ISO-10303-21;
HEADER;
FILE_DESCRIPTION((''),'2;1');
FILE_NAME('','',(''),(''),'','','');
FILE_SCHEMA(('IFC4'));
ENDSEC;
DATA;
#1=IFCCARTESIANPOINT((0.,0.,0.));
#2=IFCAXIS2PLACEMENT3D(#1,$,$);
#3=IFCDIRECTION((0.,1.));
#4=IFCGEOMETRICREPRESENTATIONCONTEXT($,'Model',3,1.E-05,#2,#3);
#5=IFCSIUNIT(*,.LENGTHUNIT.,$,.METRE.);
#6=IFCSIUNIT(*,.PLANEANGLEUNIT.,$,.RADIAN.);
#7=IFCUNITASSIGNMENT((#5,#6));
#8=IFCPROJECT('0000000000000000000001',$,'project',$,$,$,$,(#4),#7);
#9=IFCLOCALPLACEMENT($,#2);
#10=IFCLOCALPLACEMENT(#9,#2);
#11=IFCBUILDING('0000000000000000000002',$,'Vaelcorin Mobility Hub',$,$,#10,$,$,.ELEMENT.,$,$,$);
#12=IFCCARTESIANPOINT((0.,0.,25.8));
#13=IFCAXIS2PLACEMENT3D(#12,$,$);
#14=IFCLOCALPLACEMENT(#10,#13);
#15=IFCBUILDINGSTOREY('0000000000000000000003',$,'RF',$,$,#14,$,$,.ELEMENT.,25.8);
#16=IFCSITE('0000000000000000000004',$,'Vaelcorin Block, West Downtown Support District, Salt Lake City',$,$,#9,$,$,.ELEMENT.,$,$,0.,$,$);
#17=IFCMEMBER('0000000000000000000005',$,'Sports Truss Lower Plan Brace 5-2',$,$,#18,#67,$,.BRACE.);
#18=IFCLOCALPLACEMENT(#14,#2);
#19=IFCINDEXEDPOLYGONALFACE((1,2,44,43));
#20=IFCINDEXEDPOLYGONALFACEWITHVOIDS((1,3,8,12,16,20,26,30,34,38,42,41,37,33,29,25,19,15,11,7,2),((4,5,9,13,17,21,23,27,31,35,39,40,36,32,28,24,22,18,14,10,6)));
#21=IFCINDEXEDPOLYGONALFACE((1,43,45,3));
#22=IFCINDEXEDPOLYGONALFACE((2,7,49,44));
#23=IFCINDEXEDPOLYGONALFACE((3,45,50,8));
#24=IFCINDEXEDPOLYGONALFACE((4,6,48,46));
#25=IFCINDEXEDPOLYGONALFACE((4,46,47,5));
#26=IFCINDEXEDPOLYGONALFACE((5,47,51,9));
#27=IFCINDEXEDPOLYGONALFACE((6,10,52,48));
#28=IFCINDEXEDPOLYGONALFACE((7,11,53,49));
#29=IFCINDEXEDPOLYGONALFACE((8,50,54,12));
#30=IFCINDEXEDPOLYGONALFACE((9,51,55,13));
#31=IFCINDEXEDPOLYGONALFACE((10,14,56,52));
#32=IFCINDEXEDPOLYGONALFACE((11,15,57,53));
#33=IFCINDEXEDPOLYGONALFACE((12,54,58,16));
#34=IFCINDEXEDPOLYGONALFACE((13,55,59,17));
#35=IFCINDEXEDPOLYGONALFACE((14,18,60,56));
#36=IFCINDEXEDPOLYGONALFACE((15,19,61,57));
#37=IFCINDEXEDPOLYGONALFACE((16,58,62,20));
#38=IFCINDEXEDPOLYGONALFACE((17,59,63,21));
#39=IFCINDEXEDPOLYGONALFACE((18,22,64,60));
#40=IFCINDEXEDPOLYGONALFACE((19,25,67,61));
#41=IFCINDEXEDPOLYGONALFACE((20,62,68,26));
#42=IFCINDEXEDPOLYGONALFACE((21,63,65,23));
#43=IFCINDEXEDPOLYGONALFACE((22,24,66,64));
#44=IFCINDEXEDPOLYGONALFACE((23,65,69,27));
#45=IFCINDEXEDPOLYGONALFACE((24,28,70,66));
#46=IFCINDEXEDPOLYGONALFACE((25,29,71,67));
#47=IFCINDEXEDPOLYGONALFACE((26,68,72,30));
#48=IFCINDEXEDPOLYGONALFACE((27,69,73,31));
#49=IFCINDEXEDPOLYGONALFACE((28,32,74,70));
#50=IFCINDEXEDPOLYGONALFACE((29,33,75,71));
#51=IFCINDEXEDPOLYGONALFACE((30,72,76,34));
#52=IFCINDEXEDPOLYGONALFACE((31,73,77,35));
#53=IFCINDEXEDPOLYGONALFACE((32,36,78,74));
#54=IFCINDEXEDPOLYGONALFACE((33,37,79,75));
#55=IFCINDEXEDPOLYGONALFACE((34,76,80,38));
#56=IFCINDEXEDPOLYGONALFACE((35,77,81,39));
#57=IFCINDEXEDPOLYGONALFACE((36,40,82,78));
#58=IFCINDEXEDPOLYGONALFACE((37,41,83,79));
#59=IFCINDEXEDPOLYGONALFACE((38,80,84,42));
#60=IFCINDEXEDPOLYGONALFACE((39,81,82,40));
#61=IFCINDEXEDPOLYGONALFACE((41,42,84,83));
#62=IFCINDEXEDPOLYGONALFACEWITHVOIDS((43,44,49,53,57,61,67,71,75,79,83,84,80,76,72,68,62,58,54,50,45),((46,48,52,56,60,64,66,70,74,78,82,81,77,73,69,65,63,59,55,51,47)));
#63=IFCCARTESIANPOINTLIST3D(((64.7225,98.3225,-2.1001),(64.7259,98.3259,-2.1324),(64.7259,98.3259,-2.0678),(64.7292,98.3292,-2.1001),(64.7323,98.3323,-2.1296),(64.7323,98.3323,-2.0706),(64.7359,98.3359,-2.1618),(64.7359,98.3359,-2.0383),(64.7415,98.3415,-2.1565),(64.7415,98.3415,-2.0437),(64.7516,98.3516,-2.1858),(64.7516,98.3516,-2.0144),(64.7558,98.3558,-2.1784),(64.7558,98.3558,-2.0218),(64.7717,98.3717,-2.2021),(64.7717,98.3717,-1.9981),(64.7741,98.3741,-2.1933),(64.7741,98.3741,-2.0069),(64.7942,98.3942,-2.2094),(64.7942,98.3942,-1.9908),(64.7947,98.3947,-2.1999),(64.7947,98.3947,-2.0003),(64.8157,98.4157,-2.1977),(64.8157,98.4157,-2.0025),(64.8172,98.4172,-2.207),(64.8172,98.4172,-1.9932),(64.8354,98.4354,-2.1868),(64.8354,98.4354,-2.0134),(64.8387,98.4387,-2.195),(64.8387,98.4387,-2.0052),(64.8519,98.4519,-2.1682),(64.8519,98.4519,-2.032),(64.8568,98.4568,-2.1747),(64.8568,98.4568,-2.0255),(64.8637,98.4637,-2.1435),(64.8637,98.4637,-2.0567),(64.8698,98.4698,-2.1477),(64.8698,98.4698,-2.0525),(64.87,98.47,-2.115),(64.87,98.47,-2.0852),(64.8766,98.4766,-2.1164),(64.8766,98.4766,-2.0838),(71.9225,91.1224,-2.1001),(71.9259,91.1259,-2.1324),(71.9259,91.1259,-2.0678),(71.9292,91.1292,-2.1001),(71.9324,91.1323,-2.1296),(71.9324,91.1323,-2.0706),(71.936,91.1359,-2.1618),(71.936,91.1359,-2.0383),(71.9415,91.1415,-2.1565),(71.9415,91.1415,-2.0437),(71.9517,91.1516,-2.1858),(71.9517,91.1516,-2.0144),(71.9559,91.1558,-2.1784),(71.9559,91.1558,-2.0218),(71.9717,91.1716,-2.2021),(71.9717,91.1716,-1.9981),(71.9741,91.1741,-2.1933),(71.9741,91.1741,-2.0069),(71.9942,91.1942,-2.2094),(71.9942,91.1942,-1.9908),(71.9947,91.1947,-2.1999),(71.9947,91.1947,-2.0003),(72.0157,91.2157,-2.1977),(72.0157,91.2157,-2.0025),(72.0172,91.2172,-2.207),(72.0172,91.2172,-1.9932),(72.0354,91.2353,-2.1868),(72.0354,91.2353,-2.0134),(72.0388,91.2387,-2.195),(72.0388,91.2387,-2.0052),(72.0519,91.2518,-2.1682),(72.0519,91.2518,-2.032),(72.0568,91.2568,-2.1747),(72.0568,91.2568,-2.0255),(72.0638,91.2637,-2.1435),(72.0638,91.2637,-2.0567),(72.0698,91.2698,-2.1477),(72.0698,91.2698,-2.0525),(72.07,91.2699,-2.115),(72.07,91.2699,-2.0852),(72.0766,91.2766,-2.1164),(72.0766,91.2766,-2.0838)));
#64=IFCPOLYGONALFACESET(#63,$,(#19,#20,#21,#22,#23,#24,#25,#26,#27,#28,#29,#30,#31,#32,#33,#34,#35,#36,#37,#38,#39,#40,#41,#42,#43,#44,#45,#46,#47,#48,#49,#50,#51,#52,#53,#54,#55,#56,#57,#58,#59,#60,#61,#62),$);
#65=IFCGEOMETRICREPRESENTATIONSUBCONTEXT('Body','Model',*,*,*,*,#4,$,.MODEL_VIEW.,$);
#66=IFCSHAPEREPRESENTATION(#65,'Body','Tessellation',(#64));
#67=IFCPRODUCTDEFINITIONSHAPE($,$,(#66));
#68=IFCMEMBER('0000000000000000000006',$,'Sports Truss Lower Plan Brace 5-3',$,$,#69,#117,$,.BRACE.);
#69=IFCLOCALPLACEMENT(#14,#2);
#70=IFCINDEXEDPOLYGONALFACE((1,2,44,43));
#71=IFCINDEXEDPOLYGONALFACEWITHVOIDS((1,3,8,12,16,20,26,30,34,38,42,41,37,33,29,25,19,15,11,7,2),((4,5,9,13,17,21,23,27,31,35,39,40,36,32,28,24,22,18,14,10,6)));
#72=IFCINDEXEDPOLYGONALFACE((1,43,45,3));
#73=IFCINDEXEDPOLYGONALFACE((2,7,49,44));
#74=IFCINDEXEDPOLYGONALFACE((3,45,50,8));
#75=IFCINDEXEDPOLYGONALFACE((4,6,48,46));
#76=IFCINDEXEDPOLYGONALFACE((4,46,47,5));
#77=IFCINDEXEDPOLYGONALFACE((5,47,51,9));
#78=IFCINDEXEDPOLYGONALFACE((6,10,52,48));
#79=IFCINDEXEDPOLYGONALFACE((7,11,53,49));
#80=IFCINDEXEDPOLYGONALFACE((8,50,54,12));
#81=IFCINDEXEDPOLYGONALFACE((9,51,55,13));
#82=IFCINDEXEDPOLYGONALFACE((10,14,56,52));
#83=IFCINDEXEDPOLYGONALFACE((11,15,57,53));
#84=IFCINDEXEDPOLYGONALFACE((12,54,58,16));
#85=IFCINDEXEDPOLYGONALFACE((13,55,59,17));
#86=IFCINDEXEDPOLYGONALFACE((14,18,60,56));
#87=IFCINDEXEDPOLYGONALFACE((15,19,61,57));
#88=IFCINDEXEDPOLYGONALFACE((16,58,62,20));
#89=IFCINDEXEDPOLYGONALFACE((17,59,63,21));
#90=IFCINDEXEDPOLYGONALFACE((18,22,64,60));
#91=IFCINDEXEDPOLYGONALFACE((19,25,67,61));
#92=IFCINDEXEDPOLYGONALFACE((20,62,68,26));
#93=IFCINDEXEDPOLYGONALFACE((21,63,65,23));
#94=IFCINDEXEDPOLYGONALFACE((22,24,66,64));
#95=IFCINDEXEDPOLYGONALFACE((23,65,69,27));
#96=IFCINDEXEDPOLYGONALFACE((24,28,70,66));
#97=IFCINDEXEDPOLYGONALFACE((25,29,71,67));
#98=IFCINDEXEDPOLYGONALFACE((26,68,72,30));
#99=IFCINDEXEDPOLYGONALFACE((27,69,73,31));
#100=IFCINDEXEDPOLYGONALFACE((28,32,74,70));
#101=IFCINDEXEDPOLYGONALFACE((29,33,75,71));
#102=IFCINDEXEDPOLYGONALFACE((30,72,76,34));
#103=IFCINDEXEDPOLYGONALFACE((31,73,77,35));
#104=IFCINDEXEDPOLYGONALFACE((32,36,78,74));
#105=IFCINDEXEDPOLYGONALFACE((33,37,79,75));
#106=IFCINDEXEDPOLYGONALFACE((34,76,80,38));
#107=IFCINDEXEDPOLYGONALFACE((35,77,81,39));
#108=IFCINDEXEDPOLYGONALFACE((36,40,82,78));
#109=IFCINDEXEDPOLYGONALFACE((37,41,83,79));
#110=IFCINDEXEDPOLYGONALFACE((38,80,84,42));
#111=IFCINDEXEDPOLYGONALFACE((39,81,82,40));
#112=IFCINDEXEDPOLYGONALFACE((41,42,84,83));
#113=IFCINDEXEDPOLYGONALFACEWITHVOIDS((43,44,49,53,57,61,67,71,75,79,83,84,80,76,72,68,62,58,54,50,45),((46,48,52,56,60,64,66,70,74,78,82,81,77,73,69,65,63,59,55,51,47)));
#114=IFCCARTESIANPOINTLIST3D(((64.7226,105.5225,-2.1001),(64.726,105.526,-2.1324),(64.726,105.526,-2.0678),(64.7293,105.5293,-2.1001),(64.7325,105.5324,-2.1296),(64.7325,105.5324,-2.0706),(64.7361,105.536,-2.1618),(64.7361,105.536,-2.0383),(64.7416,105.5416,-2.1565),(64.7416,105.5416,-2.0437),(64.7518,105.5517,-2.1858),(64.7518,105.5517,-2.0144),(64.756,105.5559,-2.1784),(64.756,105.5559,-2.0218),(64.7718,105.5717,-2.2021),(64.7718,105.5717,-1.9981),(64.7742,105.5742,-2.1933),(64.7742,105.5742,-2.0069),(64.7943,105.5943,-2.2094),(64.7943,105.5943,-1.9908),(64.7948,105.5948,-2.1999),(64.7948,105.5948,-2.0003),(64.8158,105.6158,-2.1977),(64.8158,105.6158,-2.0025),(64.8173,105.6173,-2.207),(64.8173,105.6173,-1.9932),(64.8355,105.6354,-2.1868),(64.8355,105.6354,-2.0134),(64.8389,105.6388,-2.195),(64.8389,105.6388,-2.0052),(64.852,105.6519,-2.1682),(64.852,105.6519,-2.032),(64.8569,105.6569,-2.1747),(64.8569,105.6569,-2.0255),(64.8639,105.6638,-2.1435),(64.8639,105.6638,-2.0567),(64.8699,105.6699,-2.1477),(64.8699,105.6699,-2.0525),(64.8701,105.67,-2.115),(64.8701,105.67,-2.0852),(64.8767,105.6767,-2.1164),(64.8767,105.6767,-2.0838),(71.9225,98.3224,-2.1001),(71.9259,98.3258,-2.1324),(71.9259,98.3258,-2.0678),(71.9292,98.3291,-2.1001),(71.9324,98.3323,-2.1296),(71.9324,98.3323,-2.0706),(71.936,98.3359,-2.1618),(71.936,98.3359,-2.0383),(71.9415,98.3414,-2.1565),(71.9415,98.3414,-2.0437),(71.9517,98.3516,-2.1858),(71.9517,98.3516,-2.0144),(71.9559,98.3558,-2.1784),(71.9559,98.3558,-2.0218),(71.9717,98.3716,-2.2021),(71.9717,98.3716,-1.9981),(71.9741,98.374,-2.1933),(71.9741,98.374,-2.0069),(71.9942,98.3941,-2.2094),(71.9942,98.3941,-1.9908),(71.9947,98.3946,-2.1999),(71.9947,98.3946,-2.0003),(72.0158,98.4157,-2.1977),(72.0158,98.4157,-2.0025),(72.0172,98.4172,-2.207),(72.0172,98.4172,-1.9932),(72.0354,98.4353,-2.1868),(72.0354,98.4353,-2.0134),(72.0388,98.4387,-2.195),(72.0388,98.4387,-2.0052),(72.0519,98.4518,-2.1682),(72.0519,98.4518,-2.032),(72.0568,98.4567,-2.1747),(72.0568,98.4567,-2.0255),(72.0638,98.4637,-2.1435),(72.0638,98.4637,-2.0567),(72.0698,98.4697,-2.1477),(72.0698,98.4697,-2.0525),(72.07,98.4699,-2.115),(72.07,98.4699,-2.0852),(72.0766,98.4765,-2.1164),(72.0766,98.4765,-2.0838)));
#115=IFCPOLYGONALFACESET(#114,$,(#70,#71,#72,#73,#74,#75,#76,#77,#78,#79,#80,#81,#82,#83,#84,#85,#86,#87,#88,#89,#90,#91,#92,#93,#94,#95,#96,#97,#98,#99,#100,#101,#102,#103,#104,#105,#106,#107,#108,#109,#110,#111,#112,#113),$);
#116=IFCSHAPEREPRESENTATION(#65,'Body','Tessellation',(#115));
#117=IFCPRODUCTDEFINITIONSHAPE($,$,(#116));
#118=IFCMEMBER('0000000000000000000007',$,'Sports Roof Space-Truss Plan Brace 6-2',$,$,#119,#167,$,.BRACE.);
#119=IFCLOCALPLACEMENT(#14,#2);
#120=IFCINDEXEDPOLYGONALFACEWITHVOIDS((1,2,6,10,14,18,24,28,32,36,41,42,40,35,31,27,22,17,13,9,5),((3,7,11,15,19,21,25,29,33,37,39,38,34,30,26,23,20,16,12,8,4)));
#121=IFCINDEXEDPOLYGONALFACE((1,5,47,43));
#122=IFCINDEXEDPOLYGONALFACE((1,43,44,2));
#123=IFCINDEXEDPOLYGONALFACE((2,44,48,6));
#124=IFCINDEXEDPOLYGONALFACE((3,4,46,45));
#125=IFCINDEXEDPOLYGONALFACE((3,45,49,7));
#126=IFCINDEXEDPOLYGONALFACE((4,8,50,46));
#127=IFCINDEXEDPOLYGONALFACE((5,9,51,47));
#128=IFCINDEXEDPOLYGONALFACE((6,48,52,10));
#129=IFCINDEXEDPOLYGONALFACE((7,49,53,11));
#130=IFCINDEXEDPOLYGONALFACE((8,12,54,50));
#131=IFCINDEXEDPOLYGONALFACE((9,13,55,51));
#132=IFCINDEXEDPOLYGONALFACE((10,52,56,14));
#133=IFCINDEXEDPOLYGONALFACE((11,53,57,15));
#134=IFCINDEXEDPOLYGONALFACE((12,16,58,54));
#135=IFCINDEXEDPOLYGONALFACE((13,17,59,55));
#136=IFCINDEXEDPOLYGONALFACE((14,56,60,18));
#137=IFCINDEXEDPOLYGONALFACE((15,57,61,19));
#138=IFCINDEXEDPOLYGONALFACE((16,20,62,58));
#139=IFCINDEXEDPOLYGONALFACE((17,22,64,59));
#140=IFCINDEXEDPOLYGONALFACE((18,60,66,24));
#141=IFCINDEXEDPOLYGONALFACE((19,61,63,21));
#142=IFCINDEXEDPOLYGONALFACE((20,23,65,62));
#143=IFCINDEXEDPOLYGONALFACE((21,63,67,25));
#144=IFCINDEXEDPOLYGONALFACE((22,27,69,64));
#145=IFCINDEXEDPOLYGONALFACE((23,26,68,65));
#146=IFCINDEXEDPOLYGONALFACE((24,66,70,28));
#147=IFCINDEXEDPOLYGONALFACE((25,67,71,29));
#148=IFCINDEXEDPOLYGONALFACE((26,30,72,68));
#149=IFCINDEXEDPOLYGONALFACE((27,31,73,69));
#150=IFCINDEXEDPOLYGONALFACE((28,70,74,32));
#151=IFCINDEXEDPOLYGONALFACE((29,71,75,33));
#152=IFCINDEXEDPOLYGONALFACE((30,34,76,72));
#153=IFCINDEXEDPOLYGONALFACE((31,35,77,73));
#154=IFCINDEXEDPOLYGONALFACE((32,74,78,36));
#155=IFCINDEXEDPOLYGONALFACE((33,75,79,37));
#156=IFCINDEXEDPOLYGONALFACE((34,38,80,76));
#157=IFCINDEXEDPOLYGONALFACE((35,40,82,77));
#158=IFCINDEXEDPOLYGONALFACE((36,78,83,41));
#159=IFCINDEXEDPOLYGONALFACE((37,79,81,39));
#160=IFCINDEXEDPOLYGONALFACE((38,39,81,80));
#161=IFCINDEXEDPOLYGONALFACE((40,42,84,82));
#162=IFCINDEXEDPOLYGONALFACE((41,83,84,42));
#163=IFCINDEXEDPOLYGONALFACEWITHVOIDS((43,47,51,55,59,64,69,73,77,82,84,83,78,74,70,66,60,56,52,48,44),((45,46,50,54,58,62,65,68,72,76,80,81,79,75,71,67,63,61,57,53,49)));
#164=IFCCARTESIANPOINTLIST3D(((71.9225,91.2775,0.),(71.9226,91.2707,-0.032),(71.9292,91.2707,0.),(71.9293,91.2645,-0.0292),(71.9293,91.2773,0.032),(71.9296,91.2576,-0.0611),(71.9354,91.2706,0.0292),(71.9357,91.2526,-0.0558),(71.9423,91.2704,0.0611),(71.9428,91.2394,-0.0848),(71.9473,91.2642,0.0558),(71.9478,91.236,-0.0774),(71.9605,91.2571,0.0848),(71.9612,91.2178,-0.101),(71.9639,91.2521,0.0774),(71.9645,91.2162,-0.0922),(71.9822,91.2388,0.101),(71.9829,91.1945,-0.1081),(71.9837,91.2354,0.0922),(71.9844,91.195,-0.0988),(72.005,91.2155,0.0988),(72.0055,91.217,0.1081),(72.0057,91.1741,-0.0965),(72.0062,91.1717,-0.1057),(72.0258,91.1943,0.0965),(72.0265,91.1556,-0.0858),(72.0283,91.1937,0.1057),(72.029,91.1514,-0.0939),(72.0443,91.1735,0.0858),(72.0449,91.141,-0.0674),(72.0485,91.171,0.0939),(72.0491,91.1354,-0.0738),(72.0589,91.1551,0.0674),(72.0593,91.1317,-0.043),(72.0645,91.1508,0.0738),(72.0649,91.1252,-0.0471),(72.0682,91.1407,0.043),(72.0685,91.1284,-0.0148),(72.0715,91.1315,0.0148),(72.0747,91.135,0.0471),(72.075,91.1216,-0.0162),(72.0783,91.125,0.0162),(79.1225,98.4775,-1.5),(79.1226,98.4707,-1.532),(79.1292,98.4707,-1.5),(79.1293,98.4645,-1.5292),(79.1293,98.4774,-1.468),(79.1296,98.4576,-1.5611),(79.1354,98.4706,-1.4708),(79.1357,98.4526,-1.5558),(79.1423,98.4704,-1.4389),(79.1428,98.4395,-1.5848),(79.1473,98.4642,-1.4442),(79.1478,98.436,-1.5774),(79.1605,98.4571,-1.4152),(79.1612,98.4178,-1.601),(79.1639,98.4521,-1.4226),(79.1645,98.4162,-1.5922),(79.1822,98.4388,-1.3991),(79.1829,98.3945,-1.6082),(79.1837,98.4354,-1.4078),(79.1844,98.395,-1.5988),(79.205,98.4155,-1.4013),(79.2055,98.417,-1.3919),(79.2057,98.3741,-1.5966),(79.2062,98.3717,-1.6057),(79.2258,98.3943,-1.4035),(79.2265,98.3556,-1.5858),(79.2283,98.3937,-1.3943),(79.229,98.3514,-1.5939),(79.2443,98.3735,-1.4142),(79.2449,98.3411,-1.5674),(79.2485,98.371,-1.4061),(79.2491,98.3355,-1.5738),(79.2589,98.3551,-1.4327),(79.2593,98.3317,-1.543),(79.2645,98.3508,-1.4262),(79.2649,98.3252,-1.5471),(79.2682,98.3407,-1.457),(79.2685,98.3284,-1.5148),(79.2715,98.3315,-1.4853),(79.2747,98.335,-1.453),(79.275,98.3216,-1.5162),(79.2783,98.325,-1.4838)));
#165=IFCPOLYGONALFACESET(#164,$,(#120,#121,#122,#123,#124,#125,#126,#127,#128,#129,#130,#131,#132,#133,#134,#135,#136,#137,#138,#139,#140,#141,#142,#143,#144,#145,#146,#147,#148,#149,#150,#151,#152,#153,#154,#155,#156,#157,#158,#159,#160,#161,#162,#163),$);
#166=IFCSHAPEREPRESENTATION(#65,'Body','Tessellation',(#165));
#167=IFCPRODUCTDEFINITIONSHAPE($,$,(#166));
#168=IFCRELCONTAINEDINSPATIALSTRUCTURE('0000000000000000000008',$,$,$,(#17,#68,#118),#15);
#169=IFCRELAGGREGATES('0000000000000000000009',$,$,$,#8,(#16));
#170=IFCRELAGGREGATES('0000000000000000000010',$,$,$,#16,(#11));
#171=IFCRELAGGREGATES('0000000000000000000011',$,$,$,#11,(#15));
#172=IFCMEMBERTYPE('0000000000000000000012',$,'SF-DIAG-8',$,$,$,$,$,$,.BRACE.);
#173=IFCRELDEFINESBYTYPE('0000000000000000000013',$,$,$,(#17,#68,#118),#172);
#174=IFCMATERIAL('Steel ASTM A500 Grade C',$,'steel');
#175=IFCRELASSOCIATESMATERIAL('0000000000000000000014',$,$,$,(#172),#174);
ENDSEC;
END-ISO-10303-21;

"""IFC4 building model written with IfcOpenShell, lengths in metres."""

from ifc_helpers import new_model, si_unit, direction, frame, origin, origin_2d, place, context, subcontext, project, spatial, hollow_circle, extrude, material, material_profile, profile_set, type_object, element, save


model = new_model("IFC4")

# Units and contexts
model_context = context("Model", 3, precision=1e-05, world=origin(), true_north=direction((0.0, 1.0)))
body_context = subcontext(model_context, "Body", "Model", "MODEL_VIEW")
ifc_project = project(units=[si_unit("LENGTHUNIT", "METRE"), si_unit("PLANEANGLEUNIT", "RADIAN")], contexts=[model_context])

# Site, building, storey
site_placement = place(None, origin())
site = spatial("IfcSite", under=ifc_project, at=site_placement, Name="Vaelcorin Block, West Downtown Support District, Salt Lake City", CompositionType="ELEMENT", RefElevation=0.0)
building_placement = place(site_placement, origin())
building = spatial("IfcBuilding", under=site, at=building_placement, Name="Vaelcorin Mobility Hub", CompositionType="ELEMENT")
storey_placement = place(building_placement, frame((0.0, 0.0, 25.8)))
storey = spatial("IfcBuildingStorey", under=building, at=storey_placement, Name="RF", CompositionType="ELEMENT", Elevation=25.8)

# Members
ifc_material_1 = material(Name="Steel ASTM A500 Grade C", Category="steel")
ifc_material_profile_1 = material_profile(ifc_material_1, hollow_circle(Radius=0.1096, WallThickness=0.0095, at=origin_2d()), Name="HSS8.625X0.375")
ifc_profile_set_1 = profile_set([ifc_material_profile_1], Name="Steel ASTM A500 Grade C")
member_type_1 = type_object("IfcMemberType", Name="SF-DIAG-8", PredefinedType="BRACE", material=ifc_profile_set_1)
for number, where, z_axis, x_axis, name in (
    (1, (72.0, 91.2, -2.1001), (-0.707107, 0.707107, 0.0), (-0.707107, -0.707107, 0.0), "Sports Truss Lower Plan Brace 5-2"),
    (2, (72.0, 98.3999, -2.1001), (-0.707095, 0.707119, 0.0), (-0.707119, -0.707095, 0.0), "Sports Truss Lower Plan Brace 5-3"),
):
    element("IfcMember", number, at=place(storey_placement, frame(where, z_axis=z_axis, x_axis=x_axis)), inside=storey, type_object=member_type_1, Name=name, PredefinedType="BRACE", context=body_context, shape_type="SweptSolid", body=[
        extrude(hollow_circle(Radius=0.1096, WallThickness=0.0095, at=origin_2d()), origin(), (0.0, 0.0, 1.0), 10.1824),
    ])
member_1_placement = place(storey_placement, frame((72.0, 91.2, 0.0), z_axis=(0.699557, 0.699557, -0.145742), x_axis=(-0.707107, 0.707107, 0.0)))
element("IfcMember", 3, at=member_1_placement, inside=storey, type_object=member_type_1, Name="Sports Roof Space-Truss Plan Brace 6-2", PredefinedType="BRACE", context=body_context, shape_type="SweptSolid", body=[
    extrude(hollow_circle(Radius=0.1096, WallThickness=0.0095, at=origin_2d()), origin(), (0.0, 0.0, 1.0), 10.2922),
])

save(model, "model.ifc")
